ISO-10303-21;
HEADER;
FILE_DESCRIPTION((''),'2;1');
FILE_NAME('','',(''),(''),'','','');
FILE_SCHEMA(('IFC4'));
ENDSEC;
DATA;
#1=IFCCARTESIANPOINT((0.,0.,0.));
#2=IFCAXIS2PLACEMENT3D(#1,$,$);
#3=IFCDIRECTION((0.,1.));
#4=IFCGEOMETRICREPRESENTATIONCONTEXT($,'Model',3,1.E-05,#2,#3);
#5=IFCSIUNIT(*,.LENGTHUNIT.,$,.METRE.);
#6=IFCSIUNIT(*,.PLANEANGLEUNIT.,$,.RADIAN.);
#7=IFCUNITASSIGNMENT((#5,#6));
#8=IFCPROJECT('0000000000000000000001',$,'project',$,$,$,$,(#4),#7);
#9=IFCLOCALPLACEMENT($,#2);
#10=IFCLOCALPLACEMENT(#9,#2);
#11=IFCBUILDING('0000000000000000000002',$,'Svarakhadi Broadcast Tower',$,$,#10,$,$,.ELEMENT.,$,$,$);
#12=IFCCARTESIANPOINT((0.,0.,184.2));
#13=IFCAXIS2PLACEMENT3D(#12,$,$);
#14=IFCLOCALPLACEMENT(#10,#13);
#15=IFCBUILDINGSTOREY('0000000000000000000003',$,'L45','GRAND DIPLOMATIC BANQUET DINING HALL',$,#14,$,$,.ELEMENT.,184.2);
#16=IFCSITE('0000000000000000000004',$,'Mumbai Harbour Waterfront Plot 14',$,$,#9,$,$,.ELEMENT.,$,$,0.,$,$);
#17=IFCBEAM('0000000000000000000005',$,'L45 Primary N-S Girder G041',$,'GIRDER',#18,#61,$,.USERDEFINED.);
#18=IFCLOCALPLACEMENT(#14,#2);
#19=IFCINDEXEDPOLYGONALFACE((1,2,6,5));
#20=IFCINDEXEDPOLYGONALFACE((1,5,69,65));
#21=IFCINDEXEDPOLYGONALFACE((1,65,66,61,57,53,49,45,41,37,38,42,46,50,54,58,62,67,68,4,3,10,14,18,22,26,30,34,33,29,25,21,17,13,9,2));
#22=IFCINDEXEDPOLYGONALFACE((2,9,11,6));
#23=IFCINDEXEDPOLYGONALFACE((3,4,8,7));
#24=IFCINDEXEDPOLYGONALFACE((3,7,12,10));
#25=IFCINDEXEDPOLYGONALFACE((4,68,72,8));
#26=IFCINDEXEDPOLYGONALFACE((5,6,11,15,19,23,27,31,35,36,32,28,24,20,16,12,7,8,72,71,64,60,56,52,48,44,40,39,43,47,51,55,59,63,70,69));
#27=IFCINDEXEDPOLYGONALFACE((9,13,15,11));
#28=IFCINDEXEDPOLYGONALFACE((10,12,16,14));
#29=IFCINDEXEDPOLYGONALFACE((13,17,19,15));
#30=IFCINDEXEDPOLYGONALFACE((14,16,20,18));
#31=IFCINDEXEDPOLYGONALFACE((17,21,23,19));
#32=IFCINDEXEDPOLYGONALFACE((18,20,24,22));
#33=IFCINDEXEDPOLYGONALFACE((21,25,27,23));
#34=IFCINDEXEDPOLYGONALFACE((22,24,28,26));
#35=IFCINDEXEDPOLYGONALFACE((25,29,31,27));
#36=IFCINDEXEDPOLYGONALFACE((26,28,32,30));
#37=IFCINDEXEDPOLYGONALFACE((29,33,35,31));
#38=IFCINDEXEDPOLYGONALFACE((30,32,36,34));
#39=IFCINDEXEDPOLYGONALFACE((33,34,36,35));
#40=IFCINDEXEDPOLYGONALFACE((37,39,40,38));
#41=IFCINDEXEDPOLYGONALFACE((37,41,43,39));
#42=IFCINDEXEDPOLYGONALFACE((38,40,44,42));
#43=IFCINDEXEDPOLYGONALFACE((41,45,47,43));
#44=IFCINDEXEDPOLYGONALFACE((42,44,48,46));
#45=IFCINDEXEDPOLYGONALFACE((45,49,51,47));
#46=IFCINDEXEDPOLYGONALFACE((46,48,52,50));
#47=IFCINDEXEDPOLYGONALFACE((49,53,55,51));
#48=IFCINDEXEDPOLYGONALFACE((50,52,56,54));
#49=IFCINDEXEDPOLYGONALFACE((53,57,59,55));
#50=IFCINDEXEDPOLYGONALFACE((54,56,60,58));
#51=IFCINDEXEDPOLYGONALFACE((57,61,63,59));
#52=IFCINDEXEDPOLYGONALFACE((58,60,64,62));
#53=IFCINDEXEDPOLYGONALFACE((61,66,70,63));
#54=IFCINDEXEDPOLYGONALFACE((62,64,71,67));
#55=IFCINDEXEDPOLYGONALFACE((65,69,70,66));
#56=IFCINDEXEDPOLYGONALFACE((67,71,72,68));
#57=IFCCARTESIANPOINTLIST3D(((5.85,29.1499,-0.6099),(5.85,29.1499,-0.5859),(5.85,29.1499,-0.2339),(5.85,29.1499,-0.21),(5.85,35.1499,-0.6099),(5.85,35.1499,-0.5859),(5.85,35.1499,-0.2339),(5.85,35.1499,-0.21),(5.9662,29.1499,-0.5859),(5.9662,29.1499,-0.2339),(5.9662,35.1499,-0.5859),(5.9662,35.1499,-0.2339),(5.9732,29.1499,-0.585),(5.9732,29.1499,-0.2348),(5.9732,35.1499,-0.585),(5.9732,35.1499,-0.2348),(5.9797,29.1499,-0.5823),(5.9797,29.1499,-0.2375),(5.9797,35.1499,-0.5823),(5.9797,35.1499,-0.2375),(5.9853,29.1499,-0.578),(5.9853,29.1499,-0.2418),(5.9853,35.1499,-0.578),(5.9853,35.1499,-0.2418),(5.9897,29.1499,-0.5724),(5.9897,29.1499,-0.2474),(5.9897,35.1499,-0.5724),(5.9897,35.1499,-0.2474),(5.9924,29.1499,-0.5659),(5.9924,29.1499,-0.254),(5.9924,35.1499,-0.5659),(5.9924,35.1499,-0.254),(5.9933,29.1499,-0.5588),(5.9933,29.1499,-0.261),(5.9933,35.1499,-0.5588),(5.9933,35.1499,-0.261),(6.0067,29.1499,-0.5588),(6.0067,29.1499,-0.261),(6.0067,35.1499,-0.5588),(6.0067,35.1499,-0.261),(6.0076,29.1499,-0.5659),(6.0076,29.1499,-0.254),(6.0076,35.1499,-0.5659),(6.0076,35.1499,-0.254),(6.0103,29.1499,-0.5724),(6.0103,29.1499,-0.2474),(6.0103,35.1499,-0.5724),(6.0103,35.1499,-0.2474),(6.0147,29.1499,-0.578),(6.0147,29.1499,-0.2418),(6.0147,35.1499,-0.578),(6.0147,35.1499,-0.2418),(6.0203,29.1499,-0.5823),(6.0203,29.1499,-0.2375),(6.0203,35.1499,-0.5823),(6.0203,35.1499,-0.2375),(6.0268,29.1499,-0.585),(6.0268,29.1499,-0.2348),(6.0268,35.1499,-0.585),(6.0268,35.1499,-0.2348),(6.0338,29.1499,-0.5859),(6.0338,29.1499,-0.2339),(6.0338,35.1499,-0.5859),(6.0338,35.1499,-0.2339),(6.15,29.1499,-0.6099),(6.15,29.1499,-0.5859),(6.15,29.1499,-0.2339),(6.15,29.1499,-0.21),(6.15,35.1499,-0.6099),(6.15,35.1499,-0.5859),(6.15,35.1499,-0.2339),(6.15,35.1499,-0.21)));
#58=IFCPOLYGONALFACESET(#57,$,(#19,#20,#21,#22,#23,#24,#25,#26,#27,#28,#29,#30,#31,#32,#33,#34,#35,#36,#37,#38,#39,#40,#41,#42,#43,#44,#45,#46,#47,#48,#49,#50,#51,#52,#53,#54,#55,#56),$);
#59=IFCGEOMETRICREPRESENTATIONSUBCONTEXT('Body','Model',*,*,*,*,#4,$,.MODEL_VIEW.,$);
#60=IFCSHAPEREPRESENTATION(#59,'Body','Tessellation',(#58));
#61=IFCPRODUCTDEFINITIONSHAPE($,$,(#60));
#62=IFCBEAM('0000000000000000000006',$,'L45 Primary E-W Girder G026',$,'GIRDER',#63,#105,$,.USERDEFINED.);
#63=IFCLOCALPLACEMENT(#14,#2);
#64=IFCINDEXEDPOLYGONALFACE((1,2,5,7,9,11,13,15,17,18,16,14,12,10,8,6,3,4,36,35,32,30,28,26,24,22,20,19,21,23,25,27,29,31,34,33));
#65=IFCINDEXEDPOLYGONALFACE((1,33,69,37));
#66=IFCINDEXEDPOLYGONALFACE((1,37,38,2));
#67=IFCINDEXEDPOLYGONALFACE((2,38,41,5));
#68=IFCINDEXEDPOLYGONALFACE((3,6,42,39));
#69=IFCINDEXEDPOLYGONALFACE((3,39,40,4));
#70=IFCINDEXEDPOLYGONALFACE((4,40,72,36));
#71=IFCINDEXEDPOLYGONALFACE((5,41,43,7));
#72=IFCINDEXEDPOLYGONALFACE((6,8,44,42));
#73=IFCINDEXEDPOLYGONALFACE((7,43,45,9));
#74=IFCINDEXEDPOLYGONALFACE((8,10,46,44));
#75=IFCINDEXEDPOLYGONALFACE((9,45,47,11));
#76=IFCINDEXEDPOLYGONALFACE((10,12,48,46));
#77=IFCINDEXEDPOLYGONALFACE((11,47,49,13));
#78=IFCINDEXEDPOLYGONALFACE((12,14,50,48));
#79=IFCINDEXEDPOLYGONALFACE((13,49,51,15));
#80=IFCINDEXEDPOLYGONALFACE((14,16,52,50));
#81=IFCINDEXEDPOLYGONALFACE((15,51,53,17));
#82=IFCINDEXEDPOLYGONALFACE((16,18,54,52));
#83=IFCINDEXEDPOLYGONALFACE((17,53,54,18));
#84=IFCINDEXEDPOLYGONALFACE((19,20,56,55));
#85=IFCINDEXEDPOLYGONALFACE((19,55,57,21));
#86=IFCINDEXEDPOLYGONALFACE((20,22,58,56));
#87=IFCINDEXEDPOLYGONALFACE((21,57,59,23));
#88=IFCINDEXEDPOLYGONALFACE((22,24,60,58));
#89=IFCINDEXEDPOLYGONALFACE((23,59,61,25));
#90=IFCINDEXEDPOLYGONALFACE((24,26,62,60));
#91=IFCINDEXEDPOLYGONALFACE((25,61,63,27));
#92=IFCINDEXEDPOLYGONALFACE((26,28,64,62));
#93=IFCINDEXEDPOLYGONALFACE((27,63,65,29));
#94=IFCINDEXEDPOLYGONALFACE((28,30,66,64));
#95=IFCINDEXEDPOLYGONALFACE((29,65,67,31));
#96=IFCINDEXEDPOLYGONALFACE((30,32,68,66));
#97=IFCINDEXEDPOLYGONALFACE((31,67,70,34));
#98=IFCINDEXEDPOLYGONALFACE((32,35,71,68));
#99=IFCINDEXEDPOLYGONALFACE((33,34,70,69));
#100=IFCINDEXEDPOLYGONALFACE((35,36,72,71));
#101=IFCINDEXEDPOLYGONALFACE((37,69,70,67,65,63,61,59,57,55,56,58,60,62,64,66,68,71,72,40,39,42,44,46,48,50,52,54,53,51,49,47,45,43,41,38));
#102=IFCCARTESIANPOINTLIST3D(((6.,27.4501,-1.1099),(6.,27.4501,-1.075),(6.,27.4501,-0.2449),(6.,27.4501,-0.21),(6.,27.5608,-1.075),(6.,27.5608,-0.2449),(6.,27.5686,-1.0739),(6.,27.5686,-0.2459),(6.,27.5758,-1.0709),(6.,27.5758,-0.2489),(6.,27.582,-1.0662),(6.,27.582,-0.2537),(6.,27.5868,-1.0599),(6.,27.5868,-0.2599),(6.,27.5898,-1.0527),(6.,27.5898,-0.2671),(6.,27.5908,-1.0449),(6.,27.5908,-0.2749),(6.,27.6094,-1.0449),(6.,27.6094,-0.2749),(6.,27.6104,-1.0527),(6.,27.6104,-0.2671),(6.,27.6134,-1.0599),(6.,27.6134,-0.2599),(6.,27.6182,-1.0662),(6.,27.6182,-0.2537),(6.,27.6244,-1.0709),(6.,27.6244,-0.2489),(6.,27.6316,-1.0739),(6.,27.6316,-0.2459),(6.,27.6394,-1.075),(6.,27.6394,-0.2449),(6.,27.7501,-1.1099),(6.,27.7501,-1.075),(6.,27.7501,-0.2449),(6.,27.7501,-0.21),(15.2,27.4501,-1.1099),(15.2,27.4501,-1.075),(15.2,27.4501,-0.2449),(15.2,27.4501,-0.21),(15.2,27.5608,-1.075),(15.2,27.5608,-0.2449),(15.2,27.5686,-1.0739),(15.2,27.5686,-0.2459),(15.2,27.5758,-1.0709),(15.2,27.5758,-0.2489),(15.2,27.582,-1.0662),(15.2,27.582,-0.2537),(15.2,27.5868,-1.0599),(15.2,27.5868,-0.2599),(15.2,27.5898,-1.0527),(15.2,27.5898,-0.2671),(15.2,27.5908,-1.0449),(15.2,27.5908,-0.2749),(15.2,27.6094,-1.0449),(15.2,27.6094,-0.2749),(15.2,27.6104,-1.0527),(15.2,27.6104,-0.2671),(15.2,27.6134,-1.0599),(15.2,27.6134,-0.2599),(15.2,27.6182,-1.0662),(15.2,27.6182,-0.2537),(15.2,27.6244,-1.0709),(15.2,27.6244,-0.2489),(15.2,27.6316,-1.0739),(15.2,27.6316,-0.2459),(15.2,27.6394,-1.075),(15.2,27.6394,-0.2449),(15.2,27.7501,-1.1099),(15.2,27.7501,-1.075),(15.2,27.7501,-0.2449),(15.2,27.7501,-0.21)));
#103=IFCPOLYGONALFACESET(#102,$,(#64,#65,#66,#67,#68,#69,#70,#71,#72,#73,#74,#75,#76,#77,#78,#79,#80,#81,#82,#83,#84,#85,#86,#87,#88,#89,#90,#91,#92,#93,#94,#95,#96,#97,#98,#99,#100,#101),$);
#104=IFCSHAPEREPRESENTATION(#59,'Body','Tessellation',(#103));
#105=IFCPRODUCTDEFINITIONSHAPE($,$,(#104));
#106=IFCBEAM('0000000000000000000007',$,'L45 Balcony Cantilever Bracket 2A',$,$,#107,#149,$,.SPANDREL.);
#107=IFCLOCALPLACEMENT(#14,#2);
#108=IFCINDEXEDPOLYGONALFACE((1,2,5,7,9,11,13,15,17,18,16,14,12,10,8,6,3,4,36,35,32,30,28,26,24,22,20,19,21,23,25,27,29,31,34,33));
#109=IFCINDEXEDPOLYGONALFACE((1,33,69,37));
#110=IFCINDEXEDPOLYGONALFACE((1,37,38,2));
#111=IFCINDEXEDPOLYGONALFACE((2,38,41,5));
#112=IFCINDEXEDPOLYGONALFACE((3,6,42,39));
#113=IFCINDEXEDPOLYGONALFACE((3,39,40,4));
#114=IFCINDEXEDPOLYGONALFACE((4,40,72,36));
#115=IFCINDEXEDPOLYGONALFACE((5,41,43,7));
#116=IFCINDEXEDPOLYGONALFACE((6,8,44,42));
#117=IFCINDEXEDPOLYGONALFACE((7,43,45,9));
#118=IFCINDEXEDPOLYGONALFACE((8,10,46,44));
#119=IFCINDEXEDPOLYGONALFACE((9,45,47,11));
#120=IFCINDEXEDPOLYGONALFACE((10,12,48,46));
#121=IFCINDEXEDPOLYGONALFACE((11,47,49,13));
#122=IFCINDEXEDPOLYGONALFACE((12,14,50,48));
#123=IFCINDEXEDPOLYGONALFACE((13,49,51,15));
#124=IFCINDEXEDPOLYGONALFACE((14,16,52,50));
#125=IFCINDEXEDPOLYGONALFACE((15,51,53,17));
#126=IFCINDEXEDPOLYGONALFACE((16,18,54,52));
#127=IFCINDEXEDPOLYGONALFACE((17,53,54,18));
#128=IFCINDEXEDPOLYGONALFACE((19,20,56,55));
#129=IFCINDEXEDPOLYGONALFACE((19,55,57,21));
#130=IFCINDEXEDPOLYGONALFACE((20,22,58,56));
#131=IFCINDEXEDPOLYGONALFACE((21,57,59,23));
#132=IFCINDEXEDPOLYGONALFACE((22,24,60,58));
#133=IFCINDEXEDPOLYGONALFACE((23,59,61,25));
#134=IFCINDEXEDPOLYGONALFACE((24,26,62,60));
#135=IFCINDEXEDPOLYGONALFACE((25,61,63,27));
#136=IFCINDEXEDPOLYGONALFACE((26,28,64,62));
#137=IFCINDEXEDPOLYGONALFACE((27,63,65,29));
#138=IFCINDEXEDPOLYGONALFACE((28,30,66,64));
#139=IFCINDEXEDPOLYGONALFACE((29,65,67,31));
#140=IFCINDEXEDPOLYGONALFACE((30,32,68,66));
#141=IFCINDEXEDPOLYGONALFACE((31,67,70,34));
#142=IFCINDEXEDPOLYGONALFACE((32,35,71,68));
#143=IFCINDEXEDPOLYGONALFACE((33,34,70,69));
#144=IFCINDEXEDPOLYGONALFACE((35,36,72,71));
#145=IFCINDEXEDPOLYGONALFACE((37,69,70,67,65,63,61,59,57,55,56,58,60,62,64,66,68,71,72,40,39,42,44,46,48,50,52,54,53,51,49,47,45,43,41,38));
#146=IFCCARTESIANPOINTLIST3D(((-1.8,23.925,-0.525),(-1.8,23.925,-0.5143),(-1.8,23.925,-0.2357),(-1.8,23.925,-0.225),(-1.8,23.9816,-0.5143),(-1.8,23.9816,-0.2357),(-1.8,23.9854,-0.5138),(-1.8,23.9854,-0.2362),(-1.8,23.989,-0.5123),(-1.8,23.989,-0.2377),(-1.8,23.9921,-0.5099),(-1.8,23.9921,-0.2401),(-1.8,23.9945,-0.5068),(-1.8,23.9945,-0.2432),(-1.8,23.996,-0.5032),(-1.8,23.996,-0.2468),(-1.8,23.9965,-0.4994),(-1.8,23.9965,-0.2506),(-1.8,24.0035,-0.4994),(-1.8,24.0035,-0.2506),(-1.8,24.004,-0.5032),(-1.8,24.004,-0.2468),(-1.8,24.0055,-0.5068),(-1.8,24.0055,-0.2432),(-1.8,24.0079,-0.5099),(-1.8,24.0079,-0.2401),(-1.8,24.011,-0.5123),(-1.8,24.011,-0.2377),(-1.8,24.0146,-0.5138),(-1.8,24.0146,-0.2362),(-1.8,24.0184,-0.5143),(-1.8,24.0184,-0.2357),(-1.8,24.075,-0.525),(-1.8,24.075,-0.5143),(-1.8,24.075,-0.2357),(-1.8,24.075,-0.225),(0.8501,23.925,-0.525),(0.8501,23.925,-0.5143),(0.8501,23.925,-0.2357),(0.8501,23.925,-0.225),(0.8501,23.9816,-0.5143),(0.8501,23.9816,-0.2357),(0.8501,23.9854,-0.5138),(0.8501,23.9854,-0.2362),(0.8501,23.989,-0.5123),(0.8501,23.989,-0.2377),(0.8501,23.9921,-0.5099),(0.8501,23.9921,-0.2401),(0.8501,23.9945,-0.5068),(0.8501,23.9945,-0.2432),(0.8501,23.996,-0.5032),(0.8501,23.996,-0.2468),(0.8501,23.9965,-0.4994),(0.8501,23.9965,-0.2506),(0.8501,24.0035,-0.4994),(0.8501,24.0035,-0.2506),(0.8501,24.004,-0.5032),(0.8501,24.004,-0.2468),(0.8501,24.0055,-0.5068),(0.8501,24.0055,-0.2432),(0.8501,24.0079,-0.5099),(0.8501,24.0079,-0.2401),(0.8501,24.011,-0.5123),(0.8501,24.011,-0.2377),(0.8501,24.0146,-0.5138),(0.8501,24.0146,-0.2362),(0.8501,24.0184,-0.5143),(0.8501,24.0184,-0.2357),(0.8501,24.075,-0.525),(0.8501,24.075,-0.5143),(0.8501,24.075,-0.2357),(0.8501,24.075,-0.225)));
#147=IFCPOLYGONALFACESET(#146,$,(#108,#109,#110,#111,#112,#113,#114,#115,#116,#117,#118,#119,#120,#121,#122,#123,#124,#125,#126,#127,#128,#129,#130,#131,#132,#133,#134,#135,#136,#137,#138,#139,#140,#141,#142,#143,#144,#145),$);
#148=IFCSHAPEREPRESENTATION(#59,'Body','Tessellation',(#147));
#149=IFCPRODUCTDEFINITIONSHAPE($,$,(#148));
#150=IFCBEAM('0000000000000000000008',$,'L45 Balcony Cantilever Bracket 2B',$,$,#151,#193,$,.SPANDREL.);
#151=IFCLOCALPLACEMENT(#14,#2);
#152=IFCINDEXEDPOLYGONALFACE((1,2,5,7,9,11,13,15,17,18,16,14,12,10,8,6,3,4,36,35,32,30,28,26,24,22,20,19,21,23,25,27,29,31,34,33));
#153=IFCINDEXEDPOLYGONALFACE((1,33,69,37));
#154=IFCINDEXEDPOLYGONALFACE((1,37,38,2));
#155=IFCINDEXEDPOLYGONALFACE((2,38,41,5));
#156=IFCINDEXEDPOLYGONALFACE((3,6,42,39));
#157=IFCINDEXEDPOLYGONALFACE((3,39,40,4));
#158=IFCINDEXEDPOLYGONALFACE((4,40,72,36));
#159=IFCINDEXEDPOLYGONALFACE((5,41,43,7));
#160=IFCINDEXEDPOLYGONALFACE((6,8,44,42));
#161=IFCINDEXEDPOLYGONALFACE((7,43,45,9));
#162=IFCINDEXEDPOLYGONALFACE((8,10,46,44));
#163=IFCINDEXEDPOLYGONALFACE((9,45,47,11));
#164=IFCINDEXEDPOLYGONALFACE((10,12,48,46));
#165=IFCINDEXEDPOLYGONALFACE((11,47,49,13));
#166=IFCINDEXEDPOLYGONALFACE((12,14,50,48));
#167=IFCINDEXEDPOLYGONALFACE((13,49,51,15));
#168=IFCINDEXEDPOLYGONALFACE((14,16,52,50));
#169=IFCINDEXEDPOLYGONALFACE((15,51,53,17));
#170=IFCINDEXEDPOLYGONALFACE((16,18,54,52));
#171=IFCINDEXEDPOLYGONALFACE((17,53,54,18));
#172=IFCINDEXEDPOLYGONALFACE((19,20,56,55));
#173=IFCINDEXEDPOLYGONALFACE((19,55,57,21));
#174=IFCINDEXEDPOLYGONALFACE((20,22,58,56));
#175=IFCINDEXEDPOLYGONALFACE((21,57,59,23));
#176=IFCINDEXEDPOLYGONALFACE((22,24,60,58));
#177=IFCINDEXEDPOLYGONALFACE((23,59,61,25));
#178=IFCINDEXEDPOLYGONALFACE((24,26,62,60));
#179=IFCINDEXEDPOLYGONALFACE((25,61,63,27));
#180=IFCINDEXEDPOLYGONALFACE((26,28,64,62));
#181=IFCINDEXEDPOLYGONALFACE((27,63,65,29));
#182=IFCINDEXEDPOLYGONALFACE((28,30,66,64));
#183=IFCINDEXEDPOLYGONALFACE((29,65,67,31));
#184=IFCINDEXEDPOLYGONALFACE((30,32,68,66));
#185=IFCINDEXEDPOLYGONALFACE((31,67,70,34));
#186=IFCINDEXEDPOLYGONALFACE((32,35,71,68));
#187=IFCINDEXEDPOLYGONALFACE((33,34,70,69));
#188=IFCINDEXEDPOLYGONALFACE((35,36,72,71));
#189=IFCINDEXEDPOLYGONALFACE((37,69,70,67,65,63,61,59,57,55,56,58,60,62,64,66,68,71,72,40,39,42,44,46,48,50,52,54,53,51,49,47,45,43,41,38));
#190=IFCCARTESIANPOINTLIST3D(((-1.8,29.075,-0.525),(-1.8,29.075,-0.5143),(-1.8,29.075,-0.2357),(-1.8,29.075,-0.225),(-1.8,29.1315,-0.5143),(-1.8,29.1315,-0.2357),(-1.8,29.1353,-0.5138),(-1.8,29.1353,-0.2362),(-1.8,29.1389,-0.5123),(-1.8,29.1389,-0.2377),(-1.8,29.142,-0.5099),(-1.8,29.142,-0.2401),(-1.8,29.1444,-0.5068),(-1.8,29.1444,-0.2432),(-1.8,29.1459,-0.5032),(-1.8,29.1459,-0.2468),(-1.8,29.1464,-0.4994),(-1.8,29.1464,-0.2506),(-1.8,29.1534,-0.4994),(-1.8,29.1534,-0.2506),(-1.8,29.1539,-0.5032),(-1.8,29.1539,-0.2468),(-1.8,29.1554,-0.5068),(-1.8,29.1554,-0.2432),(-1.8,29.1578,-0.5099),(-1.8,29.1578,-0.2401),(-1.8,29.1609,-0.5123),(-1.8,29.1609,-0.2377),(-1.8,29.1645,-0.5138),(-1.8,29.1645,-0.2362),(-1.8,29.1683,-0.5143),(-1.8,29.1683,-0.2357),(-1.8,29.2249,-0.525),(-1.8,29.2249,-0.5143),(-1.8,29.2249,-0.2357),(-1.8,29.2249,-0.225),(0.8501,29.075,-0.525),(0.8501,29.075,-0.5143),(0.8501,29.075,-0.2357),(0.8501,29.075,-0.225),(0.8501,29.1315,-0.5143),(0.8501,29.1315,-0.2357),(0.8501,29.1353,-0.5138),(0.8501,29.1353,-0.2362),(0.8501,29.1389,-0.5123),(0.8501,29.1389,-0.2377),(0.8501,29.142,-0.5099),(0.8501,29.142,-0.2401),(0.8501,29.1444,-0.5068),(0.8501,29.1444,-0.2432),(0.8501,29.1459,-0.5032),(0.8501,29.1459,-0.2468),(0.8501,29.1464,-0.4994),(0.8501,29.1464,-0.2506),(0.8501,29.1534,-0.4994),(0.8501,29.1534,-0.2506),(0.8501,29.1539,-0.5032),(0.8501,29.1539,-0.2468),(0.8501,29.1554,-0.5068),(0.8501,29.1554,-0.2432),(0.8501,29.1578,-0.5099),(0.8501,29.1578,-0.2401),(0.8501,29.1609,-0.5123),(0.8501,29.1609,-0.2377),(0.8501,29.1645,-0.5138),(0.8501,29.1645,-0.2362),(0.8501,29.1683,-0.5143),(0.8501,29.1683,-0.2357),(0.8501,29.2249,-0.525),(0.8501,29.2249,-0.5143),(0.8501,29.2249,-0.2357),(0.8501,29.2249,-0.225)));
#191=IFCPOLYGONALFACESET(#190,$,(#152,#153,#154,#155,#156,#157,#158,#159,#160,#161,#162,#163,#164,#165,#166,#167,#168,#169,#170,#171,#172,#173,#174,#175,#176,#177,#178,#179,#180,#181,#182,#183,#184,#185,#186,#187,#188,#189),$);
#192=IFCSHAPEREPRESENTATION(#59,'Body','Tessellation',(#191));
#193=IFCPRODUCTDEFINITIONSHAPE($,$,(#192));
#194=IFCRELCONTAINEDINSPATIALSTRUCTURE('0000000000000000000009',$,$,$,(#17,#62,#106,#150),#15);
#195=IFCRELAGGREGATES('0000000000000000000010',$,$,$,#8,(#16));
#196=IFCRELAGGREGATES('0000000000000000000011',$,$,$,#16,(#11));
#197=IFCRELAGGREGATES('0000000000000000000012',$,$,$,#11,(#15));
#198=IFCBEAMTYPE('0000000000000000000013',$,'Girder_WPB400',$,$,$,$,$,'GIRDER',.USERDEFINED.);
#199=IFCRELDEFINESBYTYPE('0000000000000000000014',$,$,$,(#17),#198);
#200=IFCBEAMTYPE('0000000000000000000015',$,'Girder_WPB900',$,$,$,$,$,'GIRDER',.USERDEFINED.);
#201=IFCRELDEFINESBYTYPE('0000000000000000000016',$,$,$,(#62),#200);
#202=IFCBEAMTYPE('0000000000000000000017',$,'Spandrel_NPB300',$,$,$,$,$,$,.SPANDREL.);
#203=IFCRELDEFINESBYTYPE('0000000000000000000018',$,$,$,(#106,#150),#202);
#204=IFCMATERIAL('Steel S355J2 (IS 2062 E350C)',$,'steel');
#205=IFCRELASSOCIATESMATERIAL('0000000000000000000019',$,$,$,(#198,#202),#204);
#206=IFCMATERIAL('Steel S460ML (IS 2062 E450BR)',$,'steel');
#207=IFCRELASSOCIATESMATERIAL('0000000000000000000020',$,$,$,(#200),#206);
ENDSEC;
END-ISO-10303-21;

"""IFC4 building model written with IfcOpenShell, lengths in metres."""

from ifc_helpers import new_model, si_unit, direction, frame, origin, origin_2d, place, context, subcontext, project, spatial, i_section, extrude, material, material_profile, profile_set, type_object, element, save


model = new_model("IFC4")

# Units and contexts
model_context = context("Model", 3, precision=1e-05, world=origin(), true_north=direction((0.0, 1.0)))
body_context = subcontext(model_context, "Body", "Model", "MODEL_VIEW")
ifc_project = project(units=[si_unit("LENGTHUNIT", "METRE"), si_unit("PLANEANGLEUNIT", "RADIAN")], contexts=[model_context])

# Site, building, storey
site_placement = place(None, origin())
site = spatial("IfcSite", under=ifc_project, at=site_placement, Name="Mumbai Harbour Waterfront Plot 14", CompositionType="ELEMENT", RefElevation=0.0)
building_placement = place(site_placement, origin())
building = spatial("IfcBuilding", under=site, at=building_placement, Name="Svarakhadi Broadcast Tower", CompositionType="ELEMENT")
storey_placement = place(building_placement, frame((0.0, 0.0, 184.2)))
storey = spatial("IfcBuildingStorey", under=building, at=storey_placement, Name="L45", Description="GRAND DIPLOMATIC BANQUET DINING HALL", CompositionType="ELEMENT", Elevation=184.2)

# Shared definitions
ifc_material_1 = material(Name="Steel S460ML (IS 2062 E450BR)", Category="steel")

# Shared definitions
ifc_material_2 = material(Name="Steel S355J2 (IS 2062 E350C)", Category="steel")

# Beams
ifc_material_profile_1 = material_profile(ifc_material_2, i_section(OverallWidth=0.3, OverallDepth=0.3999, WebThickness=0.0134, FlangeThickness=0.0239, FilletRadius=0.0271, at=origin_2d()), Name="WPB 400x300x155")
ifc_profile_set_1 = profile_set([ifc_material_profile_1], Name="Steel S355J2 (IS 2062 E350C)")
beam_type_1 = type_object("IfcBeamType", Name="Girder_WPB400", ElementType="GIRDER", PredefinedType="USERDEFINED", material=ifc_profile_set_1)
beam_1_placement = place(storey_placement, frame((6.0, 29.1499, -0.4099), z_axis=(0.0, 1.0, 0.0), x_axis=(-1.0, 0.0, 0.0)))
element("IfcBeam", 1, at=beam_1_placement, inside=storey, type_object=beam_type_1, Name="L45 Primary N-S Girder G041", ObjectType="GIRDER", PredefinedType="USERDEFINED", context=body_context, shape_type="SweptSolid", body=[
    extrude(i_section(OverallWidth=0.3, OverallDepth=0.3999, WebThickness=0.0134, FlangeThickness=0.0239, FilletRadius=0.0271, at=origin_2d()), origin(), (0.0, 0.0, 1.0), 6.0),
])
ifc_material_profile_2 = material_profile(ifc_material_1, i_section(OverallWidth=0.3, OverallDepth=0.8999, WebThickness=0.0186, FlangeThickness=0.0349, FilletRadius=0.03, at=origin_2d()), Name="WPB 900x300x291")
ifc_profile_set_2 = profile_set([ifc_material_profile_2], Name="Steel S460ML (IS 2062 E450BR)")
beam_type_2 = type_object("IfcBeamType", Name="Girder_WPB900", ElementType="GIRDER", PredefinedType="USERDEFINED", material=ifc_profile_set_2)
beam_2_placement = place(storey_placement, frame((6.0, 27.6001, -0.6599), z_axis=(1.0, 0.0, 0.0), x_axis=(0.0, 1.0, 0.0)))
element("IfcBeam", 2, at=beam_2_placement, inside=storey, type_object=beam_type_2, Name="L45 Primary E-W Girder G026", ObjectType="GIRDER", PredefinedType="USERDEFINED", context=body_context, shape_type="SweptSolid", body=[
    extrude(i_section(OverallWidth=0.3, OverallDepth=0.8999, WebThickness=0.0186, FlangeThickness=0.0349, FilletRadius=0.03, at=origin_2d()), origin(), (0.0, 0.0, 1.0), 9.2),
])
ifc_material_profile_3 = material_profile(ifc_material_2, i_section(OverallWidth=0.1499, OverallDepth=0.3, WebThickness=0.0071, FlangeThickness=0.0107, FilletRadius=0.0149, at=origin_2d()), Name="NPB 300x150x37")
ifc_profile_set_3 = profile_set([ifc_material_profile_3], Name="Steel S355J2 (IS 2062 E350C)")
beam_type_3 = type_object("IfcBeamType", Name="Spandrel_NPB300", PredefinedType="SPANDREL", material=ifc_profile_set_3)
for number, where, z_axis, x_axis, name in (
    (3, (0.8501, 24.0, -0.375), (-1.0, 0.0, 0.0), (0.0, -1.0, 0.0), "L45 Balcony Cantilever Bracket 2A"),
    (4, (0.8501, 29.1499, -0.375), (-1.0, 0.0, 0.0), (0.0, -1.0, 0.0), "L45 Balcony Cantilever Bracket 2B"),
):
    element("IfcBeam", number, at=place(storey_placement, frame(where, z_axis=z_axis, x_axis=x_axis)), inside=storey, type_object=beam_type_3, Name=name, PredefinedType="SPANDREL", context=body_context, shape_type="SweptSolid", body=[
        extrude(i_section(OverallWidth=0.1499, OverallDepth=0.3, WebThickness=0.0071, FlangeThickness=0.0107, FilletRadius=0.0149, at=origin_2d()), origin(), (0.0, 0.0, 1.0), 2.6501),
    ])

save(model, "model.ifc")
